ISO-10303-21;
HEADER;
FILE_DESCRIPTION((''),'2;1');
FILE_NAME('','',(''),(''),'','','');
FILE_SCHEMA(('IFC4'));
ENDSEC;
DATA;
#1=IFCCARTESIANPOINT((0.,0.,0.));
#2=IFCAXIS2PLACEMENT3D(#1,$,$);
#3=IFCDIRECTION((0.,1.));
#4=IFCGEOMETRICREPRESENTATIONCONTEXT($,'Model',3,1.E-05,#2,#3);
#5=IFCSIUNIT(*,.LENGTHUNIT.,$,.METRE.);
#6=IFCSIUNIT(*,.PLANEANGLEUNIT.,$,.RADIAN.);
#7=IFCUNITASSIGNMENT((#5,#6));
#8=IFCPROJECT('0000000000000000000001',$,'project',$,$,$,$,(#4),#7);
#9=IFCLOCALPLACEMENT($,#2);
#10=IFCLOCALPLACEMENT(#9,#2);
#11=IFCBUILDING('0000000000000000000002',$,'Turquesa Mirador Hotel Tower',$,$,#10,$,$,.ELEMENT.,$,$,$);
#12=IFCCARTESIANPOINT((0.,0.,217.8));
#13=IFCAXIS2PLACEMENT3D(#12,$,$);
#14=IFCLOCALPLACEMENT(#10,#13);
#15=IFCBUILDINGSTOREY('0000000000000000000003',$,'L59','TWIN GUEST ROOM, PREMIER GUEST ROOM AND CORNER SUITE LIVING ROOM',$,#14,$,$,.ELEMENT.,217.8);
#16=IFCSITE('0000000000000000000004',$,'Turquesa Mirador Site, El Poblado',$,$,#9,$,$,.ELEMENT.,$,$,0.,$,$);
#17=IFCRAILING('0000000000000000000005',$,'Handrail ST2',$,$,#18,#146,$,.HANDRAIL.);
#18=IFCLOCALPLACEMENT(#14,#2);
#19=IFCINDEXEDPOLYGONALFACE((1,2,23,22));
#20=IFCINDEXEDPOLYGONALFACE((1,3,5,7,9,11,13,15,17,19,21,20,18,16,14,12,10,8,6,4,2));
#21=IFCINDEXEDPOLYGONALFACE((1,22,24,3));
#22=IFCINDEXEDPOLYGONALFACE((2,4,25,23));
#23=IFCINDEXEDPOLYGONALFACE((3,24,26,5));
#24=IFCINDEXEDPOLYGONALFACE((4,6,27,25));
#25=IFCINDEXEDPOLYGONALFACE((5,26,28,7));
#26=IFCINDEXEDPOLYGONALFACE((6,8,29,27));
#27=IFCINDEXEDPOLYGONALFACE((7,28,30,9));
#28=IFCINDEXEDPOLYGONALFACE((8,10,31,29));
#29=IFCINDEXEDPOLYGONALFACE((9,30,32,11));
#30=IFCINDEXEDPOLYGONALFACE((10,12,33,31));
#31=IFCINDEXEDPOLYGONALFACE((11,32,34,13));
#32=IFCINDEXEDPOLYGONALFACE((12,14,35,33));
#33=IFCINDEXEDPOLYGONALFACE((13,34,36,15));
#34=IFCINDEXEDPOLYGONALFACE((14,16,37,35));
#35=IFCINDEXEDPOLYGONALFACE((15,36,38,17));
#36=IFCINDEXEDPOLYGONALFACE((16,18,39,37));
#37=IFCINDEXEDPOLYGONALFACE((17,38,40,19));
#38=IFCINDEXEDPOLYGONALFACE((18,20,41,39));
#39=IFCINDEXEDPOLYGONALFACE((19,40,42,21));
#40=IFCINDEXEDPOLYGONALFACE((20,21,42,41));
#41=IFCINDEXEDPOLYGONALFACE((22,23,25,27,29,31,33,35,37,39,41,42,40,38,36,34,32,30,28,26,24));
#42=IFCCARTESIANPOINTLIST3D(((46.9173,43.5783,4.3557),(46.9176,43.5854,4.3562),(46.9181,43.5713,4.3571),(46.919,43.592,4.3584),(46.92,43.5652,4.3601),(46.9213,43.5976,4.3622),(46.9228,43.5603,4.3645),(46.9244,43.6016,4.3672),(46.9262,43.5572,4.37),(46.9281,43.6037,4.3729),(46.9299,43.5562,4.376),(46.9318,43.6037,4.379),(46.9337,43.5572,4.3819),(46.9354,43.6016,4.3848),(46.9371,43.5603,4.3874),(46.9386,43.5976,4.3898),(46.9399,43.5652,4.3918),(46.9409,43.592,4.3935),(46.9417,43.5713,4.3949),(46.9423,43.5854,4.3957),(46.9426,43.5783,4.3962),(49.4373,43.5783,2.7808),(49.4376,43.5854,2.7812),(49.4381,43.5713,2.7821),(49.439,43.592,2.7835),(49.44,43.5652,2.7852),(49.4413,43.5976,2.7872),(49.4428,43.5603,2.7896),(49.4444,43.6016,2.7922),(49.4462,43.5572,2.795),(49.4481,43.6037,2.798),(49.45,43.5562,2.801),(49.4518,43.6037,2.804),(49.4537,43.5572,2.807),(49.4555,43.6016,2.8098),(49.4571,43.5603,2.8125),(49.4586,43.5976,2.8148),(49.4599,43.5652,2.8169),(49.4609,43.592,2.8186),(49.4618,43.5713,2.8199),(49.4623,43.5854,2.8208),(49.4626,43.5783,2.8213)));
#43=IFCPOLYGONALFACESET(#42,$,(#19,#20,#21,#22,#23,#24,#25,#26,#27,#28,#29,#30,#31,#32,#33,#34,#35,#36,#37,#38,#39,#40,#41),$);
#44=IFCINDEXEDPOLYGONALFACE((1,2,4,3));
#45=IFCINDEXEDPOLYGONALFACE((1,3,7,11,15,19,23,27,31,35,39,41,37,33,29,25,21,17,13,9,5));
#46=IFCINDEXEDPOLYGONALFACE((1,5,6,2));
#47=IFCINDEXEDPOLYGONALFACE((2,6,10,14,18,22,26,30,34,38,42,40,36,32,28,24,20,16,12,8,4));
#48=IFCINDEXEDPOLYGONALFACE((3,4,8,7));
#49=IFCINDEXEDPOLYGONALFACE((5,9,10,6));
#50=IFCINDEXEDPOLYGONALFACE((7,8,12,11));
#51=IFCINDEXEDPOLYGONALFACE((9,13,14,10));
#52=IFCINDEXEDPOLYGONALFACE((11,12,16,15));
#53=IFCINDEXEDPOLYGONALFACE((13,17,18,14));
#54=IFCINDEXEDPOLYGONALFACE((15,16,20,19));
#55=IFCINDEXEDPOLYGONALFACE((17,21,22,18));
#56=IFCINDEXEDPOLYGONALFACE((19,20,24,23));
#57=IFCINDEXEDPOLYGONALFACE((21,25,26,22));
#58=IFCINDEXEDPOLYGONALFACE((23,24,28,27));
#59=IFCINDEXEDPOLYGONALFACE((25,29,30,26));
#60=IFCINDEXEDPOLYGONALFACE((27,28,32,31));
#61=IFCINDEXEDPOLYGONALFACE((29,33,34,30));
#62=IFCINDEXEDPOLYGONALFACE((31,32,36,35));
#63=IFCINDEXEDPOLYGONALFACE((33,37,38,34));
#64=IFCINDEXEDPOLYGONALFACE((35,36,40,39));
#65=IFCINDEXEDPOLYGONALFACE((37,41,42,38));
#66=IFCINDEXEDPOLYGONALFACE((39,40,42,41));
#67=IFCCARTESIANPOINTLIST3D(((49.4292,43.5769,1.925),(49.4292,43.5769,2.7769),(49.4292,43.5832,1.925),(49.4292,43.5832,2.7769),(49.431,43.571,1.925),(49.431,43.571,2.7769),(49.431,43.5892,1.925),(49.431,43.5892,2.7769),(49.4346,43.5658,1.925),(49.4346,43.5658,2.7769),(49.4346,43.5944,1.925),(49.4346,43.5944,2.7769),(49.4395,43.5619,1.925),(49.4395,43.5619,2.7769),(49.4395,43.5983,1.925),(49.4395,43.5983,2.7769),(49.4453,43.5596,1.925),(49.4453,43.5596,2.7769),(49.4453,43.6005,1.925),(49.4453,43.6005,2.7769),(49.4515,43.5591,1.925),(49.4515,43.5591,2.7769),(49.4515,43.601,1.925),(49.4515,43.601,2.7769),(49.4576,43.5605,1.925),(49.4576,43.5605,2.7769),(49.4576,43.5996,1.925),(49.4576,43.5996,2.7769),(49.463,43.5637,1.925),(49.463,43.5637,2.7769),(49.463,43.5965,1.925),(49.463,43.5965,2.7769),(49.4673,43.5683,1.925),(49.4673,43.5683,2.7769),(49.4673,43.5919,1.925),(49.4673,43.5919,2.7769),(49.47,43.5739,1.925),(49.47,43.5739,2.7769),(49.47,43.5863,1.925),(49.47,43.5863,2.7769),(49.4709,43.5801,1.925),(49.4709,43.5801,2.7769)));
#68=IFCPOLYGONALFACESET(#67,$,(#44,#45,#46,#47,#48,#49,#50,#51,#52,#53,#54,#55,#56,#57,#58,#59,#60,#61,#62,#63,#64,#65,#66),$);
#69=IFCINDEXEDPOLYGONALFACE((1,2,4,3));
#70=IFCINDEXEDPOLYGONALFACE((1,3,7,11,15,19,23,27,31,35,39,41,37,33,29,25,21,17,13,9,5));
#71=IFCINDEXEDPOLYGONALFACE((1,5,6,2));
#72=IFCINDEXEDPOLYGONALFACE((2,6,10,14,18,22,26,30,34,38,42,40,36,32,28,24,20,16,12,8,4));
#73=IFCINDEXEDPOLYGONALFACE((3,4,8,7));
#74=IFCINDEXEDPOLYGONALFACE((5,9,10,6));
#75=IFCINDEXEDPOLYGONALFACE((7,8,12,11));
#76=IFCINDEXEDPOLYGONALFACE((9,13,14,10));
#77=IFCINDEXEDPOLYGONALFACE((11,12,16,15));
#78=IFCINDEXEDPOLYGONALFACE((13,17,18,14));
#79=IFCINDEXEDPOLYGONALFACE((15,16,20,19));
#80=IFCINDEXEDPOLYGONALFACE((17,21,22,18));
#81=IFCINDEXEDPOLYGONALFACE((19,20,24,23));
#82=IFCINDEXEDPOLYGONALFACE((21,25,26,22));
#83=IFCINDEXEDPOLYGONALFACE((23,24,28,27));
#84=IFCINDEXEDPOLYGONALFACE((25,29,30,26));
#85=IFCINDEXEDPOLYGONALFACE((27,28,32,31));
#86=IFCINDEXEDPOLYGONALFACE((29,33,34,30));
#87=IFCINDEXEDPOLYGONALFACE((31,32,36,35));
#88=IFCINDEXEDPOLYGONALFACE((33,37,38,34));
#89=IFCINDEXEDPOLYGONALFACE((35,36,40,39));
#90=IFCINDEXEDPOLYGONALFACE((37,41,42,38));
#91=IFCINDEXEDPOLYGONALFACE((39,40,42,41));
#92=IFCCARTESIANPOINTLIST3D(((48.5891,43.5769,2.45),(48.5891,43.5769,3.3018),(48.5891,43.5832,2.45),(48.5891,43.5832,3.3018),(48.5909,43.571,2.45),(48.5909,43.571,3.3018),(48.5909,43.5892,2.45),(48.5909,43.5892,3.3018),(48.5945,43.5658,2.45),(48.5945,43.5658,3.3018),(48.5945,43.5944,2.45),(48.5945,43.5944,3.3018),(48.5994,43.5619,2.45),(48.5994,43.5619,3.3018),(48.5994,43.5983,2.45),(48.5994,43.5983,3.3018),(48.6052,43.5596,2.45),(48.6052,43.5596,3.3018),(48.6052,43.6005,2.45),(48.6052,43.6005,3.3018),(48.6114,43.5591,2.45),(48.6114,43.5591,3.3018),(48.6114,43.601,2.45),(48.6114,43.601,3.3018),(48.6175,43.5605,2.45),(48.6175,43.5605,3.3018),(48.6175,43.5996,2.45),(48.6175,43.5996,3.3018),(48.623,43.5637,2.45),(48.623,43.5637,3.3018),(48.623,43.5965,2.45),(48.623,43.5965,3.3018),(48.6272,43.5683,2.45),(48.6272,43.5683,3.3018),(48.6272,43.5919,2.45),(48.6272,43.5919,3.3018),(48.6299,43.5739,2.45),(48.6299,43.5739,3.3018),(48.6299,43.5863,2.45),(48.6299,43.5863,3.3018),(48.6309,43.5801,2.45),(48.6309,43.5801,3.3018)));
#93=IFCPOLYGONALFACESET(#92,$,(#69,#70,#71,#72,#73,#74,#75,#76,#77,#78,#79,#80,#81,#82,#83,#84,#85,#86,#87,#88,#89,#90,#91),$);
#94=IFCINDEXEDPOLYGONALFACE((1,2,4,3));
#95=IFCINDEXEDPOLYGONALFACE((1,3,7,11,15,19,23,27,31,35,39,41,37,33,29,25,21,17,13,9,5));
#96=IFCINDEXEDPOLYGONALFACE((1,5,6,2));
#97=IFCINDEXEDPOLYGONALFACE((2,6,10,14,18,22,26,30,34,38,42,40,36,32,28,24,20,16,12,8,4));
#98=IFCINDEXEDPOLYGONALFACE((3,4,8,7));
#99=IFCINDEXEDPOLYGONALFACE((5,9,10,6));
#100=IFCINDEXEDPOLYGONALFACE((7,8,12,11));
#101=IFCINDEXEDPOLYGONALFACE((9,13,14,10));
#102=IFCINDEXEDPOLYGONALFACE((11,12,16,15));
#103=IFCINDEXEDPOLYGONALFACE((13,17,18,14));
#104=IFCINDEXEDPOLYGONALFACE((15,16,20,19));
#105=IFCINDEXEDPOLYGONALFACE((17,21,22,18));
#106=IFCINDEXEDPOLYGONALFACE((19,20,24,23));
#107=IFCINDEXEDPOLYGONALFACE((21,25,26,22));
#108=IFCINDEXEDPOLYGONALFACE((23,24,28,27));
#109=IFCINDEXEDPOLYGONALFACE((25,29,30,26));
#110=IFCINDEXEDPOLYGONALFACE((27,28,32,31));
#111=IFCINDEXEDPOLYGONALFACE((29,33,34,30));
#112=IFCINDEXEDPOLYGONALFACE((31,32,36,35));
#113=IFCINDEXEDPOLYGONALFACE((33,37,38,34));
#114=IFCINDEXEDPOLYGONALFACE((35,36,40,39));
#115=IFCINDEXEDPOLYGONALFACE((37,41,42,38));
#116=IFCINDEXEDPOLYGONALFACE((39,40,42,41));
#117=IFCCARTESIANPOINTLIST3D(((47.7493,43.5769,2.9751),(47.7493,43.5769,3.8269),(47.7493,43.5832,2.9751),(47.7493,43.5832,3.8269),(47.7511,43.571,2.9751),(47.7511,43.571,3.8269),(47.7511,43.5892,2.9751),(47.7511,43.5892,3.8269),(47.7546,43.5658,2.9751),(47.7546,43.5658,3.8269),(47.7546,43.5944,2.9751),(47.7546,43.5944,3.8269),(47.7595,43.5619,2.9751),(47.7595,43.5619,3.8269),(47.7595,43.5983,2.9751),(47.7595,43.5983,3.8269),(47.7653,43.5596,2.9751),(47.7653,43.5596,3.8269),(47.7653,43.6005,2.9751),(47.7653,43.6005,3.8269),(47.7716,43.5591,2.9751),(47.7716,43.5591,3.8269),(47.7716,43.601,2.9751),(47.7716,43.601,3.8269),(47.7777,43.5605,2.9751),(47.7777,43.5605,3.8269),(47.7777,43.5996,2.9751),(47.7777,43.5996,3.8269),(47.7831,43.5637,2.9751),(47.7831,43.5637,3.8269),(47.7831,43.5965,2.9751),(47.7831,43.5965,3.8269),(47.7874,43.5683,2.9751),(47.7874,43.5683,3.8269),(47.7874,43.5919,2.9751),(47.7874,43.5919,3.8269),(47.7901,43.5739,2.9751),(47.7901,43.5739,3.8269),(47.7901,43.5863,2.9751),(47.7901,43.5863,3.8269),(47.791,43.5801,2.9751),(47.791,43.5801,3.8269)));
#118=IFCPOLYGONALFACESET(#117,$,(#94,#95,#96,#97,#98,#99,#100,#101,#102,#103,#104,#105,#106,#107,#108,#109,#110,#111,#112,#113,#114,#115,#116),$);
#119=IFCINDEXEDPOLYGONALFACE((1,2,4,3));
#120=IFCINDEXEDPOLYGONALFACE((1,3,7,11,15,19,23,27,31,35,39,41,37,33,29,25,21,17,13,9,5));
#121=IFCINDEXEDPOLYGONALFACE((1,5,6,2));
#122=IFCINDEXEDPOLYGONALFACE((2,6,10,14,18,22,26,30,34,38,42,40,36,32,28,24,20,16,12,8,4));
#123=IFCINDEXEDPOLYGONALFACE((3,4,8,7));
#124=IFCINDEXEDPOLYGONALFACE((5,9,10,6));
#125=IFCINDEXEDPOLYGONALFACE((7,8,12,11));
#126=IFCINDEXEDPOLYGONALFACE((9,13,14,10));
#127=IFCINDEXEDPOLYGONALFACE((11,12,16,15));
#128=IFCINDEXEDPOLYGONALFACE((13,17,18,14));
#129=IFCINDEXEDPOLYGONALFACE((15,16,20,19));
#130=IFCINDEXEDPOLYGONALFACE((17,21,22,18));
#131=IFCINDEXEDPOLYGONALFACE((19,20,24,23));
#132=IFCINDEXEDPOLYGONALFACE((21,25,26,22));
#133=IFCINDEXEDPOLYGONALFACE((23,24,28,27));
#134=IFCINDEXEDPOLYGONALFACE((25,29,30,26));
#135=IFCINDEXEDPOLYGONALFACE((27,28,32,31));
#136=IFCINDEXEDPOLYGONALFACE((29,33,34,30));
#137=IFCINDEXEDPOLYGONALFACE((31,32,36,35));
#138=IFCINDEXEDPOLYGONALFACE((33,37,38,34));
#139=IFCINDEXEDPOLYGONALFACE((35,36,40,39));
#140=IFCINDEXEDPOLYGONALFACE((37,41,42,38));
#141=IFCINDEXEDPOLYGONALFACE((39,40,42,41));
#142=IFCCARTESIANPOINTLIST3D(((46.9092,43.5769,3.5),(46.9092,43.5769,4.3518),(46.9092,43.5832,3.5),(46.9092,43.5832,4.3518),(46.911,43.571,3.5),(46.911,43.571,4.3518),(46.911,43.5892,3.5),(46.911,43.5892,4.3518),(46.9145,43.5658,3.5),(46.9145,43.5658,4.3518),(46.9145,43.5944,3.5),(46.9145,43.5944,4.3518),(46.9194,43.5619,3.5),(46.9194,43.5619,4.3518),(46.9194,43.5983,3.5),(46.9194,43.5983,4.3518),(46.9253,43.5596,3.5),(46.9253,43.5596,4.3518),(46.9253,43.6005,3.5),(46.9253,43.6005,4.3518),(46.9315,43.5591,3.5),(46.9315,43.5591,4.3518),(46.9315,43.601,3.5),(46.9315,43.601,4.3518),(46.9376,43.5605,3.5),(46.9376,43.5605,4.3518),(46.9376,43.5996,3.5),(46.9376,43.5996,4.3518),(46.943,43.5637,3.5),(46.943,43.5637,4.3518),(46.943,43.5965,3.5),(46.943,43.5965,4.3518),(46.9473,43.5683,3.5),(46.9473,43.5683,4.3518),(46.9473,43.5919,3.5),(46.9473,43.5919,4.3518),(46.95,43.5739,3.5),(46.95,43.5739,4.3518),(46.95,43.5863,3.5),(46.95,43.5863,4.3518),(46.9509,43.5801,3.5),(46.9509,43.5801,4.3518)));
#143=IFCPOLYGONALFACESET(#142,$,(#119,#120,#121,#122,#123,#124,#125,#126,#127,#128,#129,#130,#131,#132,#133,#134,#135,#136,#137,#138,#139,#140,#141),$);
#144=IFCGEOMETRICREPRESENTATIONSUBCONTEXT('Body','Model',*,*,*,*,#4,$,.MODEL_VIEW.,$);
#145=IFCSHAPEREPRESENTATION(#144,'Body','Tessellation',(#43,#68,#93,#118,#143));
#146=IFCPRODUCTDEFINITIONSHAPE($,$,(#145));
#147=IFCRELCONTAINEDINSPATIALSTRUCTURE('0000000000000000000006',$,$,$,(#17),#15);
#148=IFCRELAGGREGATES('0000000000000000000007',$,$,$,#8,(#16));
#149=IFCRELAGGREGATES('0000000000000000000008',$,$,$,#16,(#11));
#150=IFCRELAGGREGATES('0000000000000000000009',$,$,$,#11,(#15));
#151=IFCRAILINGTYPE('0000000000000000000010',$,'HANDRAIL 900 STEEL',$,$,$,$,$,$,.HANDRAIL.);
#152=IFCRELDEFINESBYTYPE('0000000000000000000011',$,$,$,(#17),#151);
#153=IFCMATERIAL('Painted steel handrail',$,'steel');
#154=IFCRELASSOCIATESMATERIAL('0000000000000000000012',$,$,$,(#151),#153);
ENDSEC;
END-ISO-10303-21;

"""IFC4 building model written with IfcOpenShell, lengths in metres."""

from ifc_helpers import new_model, si_unit, direction, frame, origin, origin_2d, place, context, subcontext, project, spatial, circle, extrude, material, type_object, element, save


model = new_model("IFC4")

# Units and contexts
model_context = context("Model", 3, precision=1e-05, world=origin(), true_north=direction((0.0, 1.0)))
body_context = subcontext(model_context, "Body", "Model", "MODEL_VIEW")
ifc_project = project(units=[si_unit("LENGTHUNIT", "METRE"), si_unit("PLANEANGLEUNIT", "RADIAN")], contexts=[model_context])

# Site, building, storey
site_placement = place(None, origin())
site = spatial("IfcSite", under=ifc_project, at=site_placement, Name="Turquesa Mirador Site, El Poblado", CompositionType="ELEMENT", RefElevation=0.0)
building_placement = place(site_placement, origin())
building = spatial("IfcBuilding", under=site, at=building_placement, Name="Turquesa Mirador Hotel Tower", CompositionType="ELEMENT")
storey_placement = place(building_placement, frame((0.0, 0.0, 217.8)))
storey = spatial("IfcBuildingStorey", under=building, at=storey_placement, Name="L59", Description="TWIN GUEST ROOM, PREMIER GUEST ROOM AND CORNER SUITE LIVING ROOM", CompositionType="ELEMENT", Elevation=217.8)

# Railing
ifc_material_1 = material(Name="Painted steel handrail", Category="steel")
railing_type = type_object("IfcRailingType", Name="HANDRAIL 900 STEEL", PredefinedType="HANDRAIL", material=ifc_material_1)
railing_1_placement = place(storey_placement, frame((49.45, 43.5801, 1.925)))
element("IfcRailing", 1, at=railing_1_placement, inside=storey, type_object=railing_type, Name="Handrail ST2", PredefinedType="HANDRAIL", context=body_context, shape_type="SweptSolid", body=[
    extrude(circle(Radius=0.0239, at=origin_2d()), frame((0.0, 0.0, 0.876), z_axis=(-0.848008, 0.0, 0.529984), x_axis=(0.0, -1.0, 0.0)), (0.0, 0.0, 1.0), 2.9717),
    extrude(circle(Radius=0.021, at=origin_2d()), origin(), (0.0, 0.0, 1.0), 0.8518),
    extrude(circle(Radius=0.021, at=origin_2d()), frame((-0.8401, 0.0, 0.5249)), (0.0, 0.0, 1.0), 0.8518),
    extrude(circle(Radius=0.021, at=origin_2d()), frame((-1.6799, 0.0, 1.05)), (0.0, 0.0, 1.0), 0.8518),
    extrude(circle(Radius=0.021, at=origin_2d()), frame((-2.52, 0.0, 1.575)), (0.0, 0.0, 1.0), 0.8518),
])

save(model, "model.ifc")
